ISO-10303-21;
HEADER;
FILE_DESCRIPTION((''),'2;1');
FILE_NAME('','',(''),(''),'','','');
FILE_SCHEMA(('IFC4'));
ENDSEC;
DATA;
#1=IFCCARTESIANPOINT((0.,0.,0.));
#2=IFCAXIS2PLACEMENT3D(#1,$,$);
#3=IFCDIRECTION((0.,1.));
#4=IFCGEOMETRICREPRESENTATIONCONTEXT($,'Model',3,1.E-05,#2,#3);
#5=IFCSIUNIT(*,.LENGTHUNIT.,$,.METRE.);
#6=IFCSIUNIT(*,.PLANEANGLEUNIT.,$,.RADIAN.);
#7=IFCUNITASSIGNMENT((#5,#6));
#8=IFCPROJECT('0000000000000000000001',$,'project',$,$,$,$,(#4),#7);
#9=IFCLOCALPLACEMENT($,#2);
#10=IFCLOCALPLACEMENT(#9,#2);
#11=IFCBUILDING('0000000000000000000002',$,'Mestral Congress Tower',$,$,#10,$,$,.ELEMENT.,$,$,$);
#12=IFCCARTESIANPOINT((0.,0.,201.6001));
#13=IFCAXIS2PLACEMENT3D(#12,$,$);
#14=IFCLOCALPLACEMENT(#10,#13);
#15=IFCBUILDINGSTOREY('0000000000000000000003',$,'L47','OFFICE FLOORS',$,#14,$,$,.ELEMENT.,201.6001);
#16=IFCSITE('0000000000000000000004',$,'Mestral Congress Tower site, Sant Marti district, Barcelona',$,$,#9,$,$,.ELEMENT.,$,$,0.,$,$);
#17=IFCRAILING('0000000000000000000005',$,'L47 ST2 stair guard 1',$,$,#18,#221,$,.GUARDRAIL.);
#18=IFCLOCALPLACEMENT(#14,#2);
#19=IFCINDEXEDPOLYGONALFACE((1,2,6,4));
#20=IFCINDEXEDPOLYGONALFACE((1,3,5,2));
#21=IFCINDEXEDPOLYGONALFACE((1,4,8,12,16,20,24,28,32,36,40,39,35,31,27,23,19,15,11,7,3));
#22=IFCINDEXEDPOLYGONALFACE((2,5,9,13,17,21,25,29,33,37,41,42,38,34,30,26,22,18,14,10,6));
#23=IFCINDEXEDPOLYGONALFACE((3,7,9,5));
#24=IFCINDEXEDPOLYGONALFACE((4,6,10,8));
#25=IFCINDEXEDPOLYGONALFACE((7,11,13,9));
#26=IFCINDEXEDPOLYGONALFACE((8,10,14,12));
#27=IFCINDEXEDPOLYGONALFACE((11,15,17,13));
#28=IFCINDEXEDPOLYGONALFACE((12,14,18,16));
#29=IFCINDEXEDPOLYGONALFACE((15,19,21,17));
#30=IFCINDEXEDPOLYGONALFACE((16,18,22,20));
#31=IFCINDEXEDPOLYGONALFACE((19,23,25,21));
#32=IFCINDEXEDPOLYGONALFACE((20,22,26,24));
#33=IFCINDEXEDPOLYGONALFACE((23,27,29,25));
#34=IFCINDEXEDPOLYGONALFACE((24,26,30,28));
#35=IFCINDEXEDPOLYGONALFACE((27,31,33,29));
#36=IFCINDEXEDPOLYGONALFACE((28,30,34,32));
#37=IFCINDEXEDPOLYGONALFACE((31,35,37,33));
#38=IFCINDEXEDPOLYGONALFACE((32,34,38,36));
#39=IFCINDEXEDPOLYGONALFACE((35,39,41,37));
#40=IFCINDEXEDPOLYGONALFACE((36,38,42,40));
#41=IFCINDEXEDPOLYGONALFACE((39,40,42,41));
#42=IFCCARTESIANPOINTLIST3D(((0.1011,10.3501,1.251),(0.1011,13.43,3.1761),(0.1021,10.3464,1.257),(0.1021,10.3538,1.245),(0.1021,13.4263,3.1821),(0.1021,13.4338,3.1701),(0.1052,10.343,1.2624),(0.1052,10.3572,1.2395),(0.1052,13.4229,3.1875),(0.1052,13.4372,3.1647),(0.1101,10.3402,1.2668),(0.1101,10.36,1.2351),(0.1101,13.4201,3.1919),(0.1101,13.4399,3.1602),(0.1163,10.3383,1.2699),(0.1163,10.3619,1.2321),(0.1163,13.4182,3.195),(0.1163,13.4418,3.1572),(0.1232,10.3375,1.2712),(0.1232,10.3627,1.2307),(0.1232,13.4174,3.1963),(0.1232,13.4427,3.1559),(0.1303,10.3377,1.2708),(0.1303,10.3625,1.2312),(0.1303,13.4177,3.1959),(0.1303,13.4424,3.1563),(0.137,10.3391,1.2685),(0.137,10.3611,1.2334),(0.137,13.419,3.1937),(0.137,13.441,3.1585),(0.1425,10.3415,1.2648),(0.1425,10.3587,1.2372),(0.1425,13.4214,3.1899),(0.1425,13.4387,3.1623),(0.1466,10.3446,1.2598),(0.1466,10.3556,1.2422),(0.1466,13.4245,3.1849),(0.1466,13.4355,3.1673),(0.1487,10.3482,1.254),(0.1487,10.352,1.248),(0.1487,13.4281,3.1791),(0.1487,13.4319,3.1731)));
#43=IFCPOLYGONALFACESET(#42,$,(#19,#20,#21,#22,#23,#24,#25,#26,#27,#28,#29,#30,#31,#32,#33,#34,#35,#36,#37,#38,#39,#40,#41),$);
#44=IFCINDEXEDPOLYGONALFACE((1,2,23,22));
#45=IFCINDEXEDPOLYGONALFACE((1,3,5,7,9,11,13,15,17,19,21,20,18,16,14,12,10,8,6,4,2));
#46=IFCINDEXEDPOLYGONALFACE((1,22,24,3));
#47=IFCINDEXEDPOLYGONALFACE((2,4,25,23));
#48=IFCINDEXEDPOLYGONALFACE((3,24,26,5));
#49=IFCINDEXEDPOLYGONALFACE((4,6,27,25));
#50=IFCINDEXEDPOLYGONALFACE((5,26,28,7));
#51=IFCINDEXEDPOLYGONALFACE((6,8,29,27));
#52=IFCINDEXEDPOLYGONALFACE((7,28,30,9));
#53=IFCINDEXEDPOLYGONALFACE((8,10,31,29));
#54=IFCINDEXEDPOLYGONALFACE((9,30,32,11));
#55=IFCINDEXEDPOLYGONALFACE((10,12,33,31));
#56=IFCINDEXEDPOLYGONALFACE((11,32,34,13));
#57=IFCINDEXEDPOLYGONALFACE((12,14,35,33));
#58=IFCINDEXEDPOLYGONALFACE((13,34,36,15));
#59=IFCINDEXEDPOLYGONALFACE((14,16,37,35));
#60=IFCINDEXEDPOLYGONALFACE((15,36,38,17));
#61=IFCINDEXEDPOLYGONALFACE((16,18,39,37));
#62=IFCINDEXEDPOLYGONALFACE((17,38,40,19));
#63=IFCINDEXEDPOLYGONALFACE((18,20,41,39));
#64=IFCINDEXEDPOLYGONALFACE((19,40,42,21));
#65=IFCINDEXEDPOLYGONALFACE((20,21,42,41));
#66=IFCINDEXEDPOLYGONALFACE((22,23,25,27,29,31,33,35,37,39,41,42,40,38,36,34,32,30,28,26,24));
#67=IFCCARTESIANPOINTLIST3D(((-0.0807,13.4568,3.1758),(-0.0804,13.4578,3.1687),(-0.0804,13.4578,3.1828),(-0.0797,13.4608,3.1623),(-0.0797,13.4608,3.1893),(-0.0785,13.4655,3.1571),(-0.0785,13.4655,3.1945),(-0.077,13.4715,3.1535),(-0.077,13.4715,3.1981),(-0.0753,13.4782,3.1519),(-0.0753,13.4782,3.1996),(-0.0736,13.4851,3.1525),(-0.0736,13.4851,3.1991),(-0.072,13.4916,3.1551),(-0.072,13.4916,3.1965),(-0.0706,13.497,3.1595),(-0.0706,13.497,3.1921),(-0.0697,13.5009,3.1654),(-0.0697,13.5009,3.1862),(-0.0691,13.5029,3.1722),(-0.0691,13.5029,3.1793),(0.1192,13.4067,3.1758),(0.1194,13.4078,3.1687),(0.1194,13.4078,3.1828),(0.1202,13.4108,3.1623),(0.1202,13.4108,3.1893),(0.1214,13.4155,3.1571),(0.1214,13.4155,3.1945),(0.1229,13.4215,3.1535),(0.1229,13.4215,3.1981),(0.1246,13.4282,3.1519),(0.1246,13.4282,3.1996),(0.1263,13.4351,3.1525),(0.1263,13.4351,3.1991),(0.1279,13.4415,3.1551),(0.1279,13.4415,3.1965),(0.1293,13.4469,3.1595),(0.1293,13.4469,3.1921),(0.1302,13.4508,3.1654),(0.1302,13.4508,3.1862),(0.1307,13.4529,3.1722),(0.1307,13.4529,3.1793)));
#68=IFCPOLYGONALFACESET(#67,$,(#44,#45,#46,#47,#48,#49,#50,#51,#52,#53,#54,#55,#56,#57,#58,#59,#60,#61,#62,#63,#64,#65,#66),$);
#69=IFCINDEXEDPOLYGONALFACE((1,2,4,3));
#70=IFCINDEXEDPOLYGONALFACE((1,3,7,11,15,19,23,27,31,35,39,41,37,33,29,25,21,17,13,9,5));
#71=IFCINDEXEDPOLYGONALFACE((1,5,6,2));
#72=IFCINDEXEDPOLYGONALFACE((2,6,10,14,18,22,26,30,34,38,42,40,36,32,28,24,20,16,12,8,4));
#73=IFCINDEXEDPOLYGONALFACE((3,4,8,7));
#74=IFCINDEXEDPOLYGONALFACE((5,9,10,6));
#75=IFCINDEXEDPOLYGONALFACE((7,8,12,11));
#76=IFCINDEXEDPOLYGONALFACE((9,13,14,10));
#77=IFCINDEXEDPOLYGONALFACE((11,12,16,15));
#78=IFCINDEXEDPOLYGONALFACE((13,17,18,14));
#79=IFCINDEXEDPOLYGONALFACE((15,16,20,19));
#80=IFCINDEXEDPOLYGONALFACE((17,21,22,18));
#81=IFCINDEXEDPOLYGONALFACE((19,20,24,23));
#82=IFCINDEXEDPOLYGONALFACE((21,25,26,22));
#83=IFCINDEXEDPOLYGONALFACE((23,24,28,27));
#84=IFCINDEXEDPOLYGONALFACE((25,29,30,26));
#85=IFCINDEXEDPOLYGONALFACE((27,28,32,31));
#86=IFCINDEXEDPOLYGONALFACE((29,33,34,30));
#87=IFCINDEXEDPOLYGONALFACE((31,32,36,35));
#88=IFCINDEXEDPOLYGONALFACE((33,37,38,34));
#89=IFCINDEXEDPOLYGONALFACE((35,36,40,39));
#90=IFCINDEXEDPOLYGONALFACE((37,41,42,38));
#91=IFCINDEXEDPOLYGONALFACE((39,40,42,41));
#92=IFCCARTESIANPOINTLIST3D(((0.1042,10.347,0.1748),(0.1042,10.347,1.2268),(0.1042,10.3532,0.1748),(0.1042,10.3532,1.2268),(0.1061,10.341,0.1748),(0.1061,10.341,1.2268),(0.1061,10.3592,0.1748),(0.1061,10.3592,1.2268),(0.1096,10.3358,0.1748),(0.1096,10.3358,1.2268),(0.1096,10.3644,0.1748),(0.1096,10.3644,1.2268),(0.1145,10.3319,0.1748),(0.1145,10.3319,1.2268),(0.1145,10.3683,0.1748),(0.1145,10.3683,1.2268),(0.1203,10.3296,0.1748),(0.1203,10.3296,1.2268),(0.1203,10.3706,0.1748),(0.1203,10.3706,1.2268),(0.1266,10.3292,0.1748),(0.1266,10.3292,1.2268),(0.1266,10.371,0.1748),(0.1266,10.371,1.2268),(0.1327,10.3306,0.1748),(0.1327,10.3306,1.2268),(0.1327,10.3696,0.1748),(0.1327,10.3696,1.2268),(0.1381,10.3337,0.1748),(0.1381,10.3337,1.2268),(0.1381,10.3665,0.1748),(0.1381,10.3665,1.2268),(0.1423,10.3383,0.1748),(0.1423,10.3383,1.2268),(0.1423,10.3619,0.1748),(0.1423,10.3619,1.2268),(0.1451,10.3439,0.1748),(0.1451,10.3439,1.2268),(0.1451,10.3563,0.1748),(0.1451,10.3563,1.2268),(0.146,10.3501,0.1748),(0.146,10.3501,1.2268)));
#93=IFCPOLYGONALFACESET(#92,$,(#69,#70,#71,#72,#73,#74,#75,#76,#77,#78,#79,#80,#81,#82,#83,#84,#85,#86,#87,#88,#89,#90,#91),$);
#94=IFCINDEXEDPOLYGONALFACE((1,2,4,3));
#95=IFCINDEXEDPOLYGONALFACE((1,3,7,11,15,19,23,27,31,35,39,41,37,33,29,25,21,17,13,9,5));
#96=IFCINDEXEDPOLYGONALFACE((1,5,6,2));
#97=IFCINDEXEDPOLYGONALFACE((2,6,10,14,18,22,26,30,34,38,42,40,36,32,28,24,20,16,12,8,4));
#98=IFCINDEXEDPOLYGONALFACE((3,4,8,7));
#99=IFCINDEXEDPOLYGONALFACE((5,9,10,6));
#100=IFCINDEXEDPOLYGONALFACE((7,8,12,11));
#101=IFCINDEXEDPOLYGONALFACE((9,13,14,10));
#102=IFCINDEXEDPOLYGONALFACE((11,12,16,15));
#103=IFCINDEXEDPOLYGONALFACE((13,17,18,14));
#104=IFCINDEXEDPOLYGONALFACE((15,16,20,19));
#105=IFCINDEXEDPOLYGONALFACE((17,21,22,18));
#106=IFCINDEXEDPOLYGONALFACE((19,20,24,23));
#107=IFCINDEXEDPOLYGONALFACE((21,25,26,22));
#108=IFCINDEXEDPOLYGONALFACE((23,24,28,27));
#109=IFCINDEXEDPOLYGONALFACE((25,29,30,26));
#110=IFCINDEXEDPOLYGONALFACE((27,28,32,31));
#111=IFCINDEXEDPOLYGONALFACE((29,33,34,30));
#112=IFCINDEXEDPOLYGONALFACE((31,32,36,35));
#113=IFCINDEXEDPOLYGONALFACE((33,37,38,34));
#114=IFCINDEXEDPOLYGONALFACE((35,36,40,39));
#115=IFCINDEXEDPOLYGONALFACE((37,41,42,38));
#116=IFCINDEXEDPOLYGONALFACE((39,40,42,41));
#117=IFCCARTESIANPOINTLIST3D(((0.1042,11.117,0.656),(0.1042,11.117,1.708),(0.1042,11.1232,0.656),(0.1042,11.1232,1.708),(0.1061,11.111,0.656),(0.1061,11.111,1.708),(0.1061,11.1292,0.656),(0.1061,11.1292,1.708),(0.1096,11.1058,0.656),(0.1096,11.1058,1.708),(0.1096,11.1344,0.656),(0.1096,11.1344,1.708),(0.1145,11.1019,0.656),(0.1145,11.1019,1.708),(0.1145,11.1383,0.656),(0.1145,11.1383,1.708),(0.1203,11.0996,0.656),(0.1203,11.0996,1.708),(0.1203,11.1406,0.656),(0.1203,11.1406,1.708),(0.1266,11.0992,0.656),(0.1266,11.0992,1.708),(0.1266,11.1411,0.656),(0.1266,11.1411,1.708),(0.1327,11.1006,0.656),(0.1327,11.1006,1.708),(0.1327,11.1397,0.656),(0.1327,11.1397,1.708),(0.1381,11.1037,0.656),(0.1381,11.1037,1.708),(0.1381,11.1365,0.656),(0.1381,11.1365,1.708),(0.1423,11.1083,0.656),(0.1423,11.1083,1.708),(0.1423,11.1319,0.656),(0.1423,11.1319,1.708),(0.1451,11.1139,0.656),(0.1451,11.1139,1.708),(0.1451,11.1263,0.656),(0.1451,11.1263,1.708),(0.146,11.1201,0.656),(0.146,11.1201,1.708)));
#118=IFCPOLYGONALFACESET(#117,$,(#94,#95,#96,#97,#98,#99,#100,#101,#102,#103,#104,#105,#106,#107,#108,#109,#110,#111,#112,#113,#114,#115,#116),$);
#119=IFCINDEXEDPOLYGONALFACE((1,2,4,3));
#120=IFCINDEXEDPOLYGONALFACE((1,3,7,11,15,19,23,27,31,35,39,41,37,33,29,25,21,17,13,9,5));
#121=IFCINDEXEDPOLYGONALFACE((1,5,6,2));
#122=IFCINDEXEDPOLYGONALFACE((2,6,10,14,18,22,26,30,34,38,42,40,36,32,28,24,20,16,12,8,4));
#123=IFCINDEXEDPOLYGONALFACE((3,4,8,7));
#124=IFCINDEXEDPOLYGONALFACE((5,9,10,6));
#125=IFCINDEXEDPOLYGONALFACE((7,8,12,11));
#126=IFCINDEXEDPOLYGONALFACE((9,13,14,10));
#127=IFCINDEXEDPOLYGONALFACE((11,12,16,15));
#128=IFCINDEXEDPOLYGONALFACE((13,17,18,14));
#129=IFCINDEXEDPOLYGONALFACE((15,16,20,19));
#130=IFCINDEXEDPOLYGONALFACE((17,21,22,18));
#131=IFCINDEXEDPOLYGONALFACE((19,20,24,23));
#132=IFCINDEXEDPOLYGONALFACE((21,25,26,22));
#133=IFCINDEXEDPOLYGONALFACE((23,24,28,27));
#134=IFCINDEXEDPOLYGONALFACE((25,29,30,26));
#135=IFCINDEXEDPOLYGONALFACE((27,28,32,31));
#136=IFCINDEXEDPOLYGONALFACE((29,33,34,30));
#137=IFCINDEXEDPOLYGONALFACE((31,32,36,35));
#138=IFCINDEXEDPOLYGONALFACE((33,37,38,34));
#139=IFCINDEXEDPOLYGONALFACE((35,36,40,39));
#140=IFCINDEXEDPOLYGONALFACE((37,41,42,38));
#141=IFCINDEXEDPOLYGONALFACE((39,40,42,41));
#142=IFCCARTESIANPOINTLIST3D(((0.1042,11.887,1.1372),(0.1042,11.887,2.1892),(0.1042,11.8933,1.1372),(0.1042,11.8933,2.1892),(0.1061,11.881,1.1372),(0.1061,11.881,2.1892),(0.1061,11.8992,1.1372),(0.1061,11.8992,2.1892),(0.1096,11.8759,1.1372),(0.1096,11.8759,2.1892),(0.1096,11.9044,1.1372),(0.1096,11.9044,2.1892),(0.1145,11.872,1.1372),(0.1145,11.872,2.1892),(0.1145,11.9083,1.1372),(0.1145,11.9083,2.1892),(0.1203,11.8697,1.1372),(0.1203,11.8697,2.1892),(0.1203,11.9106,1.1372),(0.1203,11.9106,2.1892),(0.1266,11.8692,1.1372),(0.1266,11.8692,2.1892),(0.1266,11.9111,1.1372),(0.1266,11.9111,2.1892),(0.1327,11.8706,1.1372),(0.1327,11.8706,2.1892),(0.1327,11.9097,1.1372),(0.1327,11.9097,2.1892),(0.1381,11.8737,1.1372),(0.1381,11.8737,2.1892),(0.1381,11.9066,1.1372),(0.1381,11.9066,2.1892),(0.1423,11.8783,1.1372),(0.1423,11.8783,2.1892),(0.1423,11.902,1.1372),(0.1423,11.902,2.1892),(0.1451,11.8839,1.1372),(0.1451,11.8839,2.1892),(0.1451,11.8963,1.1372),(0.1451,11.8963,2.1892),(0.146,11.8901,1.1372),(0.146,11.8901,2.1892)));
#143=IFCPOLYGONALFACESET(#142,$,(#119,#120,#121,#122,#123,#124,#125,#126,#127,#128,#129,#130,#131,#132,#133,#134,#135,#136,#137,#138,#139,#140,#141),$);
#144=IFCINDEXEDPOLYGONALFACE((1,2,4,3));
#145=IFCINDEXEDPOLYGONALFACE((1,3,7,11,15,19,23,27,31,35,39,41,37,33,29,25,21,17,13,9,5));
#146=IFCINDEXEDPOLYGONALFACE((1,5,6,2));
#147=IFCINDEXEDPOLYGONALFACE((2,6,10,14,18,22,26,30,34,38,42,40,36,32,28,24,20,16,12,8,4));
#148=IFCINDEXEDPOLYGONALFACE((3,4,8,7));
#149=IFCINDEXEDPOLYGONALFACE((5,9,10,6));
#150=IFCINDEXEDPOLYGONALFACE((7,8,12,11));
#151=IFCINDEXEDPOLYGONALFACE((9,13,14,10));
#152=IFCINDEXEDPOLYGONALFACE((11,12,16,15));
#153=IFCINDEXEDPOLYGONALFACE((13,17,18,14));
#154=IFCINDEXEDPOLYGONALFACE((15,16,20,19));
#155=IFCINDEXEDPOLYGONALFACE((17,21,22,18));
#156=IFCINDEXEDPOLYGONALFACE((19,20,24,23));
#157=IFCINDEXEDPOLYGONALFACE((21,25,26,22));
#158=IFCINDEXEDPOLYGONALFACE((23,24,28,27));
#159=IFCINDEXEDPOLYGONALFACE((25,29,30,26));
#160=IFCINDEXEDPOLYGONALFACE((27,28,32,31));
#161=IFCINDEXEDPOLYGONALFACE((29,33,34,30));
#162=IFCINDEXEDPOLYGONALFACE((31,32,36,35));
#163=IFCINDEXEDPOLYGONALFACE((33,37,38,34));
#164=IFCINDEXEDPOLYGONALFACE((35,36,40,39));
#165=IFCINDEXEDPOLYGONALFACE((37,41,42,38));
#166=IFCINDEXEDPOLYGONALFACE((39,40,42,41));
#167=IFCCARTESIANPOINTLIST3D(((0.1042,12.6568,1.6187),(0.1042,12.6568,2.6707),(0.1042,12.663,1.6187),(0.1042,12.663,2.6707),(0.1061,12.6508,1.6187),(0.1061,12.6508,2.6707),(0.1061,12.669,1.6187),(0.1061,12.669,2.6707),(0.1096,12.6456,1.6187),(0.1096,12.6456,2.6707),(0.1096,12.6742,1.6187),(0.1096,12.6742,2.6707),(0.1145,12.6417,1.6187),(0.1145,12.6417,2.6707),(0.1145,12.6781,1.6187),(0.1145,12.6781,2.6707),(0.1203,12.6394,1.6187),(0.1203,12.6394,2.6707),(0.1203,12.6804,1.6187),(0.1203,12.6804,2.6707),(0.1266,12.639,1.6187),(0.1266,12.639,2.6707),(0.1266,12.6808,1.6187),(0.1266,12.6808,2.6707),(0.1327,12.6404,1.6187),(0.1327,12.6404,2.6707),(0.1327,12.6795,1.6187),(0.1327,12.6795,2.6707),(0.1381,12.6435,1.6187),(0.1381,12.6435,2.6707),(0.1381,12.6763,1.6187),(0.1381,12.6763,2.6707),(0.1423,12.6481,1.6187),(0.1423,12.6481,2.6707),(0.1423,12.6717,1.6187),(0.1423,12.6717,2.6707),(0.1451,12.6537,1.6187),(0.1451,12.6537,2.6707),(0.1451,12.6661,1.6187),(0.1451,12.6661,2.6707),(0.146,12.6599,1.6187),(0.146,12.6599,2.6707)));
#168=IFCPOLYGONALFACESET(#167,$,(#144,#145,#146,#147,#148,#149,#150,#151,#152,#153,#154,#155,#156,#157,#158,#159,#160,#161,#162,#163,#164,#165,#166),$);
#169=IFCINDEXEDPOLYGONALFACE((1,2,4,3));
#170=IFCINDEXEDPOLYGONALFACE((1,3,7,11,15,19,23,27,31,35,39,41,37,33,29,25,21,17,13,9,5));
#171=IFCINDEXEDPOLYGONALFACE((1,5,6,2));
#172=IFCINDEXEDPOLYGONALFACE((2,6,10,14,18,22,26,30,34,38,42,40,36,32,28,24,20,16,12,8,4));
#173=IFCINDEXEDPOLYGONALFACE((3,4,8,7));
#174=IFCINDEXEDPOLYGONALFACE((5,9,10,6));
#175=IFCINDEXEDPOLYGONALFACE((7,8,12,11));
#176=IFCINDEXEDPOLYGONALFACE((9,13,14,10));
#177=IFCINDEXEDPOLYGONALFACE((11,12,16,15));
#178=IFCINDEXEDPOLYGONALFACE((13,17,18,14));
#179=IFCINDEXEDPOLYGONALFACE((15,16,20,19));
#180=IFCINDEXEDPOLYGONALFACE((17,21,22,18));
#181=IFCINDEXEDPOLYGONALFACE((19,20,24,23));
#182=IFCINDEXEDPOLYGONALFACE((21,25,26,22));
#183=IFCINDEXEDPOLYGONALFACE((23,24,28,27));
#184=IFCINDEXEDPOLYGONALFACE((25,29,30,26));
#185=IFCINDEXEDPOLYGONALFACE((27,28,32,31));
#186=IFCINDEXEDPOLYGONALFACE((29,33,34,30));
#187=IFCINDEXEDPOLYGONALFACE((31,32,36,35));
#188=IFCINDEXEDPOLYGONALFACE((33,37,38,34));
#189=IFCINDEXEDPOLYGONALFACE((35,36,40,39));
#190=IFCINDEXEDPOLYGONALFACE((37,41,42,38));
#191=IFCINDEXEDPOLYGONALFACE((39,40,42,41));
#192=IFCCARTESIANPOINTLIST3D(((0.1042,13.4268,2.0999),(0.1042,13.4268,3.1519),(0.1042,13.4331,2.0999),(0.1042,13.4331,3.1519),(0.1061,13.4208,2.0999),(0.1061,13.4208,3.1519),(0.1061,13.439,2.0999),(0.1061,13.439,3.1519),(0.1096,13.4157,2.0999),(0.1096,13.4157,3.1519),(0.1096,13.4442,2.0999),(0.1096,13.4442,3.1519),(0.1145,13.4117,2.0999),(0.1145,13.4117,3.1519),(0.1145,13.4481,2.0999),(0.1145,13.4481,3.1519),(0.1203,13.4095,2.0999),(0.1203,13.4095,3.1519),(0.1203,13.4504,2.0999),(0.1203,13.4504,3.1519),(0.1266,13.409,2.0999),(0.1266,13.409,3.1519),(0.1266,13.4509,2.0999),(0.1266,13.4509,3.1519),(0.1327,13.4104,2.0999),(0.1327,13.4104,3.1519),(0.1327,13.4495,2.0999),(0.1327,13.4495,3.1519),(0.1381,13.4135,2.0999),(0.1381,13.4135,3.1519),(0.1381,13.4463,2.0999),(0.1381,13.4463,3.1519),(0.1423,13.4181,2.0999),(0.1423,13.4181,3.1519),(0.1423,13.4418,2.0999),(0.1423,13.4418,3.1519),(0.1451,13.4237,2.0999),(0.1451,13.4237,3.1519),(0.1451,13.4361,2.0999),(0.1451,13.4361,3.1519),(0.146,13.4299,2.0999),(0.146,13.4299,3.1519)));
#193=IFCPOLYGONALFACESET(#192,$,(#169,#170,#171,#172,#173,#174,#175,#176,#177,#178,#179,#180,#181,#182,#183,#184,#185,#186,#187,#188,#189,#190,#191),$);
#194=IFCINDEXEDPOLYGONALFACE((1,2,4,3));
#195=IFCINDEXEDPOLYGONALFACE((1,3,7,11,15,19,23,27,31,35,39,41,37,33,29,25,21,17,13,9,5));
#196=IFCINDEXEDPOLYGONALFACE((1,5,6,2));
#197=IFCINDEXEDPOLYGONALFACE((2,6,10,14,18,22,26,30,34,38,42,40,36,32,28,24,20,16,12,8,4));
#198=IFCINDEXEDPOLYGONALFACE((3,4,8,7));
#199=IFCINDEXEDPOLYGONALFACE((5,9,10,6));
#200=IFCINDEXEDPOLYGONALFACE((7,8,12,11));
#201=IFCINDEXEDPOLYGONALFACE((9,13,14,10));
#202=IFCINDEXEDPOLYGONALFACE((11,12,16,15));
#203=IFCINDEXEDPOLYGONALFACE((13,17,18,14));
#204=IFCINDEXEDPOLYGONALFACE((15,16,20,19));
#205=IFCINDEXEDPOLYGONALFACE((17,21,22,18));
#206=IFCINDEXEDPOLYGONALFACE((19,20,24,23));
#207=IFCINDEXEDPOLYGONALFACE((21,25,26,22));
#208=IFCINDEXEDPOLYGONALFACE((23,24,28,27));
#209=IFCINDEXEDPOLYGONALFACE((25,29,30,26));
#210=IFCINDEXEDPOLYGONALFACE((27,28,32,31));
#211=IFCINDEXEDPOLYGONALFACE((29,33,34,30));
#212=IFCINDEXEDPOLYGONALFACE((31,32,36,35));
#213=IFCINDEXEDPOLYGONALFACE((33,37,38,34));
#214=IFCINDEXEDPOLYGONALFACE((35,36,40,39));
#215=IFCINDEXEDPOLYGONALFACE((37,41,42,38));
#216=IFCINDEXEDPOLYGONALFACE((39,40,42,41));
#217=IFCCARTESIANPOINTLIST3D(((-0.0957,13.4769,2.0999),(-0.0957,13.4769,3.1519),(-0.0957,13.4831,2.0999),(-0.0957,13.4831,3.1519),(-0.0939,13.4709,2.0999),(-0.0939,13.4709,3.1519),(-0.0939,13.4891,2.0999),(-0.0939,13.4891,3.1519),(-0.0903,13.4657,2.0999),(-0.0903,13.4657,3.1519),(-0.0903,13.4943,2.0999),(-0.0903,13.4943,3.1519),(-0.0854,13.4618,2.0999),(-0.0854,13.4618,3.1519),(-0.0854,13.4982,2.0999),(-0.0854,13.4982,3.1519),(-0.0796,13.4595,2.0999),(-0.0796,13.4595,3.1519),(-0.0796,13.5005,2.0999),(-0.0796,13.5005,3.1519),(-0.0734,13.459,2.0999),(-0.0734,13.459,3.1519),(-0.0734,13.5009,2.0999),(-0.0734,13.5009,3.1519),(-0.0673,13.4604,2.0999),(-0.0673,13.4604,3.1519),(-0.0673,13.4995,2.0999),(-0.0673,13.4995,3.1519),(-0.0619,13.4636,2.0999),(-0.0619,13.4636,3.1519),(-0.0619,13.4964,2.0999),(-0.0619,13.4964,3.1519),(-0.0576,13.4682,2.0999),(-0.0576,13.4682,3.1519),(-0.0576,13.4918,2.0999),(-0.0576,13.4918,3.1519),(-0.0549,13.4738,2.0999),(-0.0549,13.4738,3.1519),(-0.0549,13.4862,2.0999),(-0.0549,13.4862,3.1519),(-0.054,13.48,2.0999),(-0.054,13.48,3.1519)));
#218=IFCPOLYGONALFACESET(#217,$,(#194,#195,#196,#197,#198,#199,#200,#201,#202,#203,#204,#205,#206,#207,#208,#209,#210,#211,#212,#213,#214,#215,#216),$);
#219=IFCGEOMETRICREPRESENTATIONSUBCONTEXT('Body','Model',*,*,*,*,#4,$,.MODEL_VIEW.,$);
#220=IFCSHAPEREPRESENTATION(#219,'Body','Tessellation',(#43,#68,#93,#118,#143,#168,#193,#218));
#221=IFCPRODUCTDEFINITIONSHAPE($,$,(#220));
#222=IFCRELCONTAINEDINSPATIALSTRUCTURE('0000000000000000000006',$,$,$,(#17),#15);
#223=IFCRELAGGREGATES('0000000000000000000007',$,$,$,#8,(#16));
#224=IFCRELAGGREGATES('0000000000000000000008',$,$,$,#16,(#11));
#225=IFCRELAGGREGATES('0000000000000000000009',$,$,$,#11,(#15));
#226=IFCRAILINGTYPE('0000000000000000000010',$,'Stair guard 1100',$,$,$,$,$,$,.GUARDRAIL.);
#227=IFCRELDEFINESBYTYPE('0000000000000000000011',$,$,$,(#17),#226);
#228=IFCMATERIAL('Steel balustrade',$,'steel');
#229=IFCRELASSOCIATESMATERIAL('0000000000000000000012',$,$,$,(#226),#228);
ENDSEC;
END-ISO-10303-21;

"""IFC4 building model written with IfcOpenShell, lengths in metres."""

from ifc_helpers import new_model, si_unit, direction, frame, origin, origin_2d, place, context, subcontext, project, spatial, circle, extrude, material, type_object, element, save


model = new_model("IFC4")

# Units and contexts
model_context = context("Model", 3, precision=1e-05, world=origin(), true_north=direction((0.0, 1.0)))
body_context = subcontext(model_context, "Body", "Model", "MODEL_VIEW")
ifc_project = project(units=[si_unit("LENGTHUNIT", "METRE"), si_unit("PLANEANGLEUNIT", "RADIAN")], contexts=[model_context])

# Site, building, storey
site_placement = place(None, origin())
site = spatial("IfcSite", under=ifc_project, at=site_placement, Name="Mestral Congress Tower site, Sant Marti district, Barcelona", CompositionType="ELEMENT", RefElevation=0.0)
building_placement = place(site_placement, origin())
building = spatial("IfcBuilding", under=site, at=building_placement, Name="Mestral Congress Tower", CompositionType="ELEMENT")
storey_placement = place(building_placement, frame((0.0, 0.0, 201.6001)))
storey = spatial("IfcBuildingStorey", under=building, at=storey_placement, Name="L47", Description="OFFICE FLOORS", CompositionType="ELEMENT", Elevation=201.6001)

# Railing
ifc_material_1 = material(Name="Steel balustrade", Category="steel")
railing_type_1 = type_object("IfcRailingType", Name="Stair guard 1100", PredefinedType="GUARDRAIL", material=ifc_material_1)
railing_1_placement = place(storey_placement, frame((0.125, 10.3501, 0.1748)))
element("IfcRailing", 1, at=railing_1_placement, inside=storey, type_object=railing_type_1, Name="L47 ST2 stair guard 1", PredefinedType="GUARDRAIL", context=body_context, shape_type="SweptSolid", body=[
    extrude(circle(Radius=0.0239, at=origin_2d()), frame((0.0, 0.0, 1.0762), z_axis=(0.0, 0.847979, 0.530029), x_axis=(-1.0, 0.0, 0.0)), (0.0, 0.0, 1.0), 3.6321),
    extrude(circle(Radius=0.0239, at=origin_2d()), frame((0.0, 3.0798, 3.001), z_axis=(-0.970073, 0.242814, 0.0), x_axis=(-0.242814, -0.970073, 0.0)), (0.0, 0.0, 1.0), 0.2061),
    extrude(circle(Radius=0.021, at=origin_2d()), origin(), (0.0, 0.0, 1.0), 1.052),
    extrude(circle(Radius=0.021, at=origin_2d()), frame((0.0, 0.77, 0.4812)), (0.0, 0.0, 1.0), 1.052),
    extrude(circle(Radius=0.021, at=origin_2d()), frame((0.0, 1.54, 0.9624)), (0.0, 0.0, 1.0), 1.052),
    extrude(circle(Radius=0.021, at=origin_2d()), frame((0.0, 2.3098, 1.4438)), (0.0, 0.0, 1.0), 1.052),
    extrude(circle(Radius=0.021, at=origin_2d()), frame((0.0, 3.0798, 1.925)), (0.0, 0.0, 1.0), 1.052),
    extrude(circle(Radius=0.021, at=origin_2d()), frame((-0.2, 3.1299, 1.925)), (0.0, 0.0, 1.0), 1.052),
])

save(model, "model.ifc")
